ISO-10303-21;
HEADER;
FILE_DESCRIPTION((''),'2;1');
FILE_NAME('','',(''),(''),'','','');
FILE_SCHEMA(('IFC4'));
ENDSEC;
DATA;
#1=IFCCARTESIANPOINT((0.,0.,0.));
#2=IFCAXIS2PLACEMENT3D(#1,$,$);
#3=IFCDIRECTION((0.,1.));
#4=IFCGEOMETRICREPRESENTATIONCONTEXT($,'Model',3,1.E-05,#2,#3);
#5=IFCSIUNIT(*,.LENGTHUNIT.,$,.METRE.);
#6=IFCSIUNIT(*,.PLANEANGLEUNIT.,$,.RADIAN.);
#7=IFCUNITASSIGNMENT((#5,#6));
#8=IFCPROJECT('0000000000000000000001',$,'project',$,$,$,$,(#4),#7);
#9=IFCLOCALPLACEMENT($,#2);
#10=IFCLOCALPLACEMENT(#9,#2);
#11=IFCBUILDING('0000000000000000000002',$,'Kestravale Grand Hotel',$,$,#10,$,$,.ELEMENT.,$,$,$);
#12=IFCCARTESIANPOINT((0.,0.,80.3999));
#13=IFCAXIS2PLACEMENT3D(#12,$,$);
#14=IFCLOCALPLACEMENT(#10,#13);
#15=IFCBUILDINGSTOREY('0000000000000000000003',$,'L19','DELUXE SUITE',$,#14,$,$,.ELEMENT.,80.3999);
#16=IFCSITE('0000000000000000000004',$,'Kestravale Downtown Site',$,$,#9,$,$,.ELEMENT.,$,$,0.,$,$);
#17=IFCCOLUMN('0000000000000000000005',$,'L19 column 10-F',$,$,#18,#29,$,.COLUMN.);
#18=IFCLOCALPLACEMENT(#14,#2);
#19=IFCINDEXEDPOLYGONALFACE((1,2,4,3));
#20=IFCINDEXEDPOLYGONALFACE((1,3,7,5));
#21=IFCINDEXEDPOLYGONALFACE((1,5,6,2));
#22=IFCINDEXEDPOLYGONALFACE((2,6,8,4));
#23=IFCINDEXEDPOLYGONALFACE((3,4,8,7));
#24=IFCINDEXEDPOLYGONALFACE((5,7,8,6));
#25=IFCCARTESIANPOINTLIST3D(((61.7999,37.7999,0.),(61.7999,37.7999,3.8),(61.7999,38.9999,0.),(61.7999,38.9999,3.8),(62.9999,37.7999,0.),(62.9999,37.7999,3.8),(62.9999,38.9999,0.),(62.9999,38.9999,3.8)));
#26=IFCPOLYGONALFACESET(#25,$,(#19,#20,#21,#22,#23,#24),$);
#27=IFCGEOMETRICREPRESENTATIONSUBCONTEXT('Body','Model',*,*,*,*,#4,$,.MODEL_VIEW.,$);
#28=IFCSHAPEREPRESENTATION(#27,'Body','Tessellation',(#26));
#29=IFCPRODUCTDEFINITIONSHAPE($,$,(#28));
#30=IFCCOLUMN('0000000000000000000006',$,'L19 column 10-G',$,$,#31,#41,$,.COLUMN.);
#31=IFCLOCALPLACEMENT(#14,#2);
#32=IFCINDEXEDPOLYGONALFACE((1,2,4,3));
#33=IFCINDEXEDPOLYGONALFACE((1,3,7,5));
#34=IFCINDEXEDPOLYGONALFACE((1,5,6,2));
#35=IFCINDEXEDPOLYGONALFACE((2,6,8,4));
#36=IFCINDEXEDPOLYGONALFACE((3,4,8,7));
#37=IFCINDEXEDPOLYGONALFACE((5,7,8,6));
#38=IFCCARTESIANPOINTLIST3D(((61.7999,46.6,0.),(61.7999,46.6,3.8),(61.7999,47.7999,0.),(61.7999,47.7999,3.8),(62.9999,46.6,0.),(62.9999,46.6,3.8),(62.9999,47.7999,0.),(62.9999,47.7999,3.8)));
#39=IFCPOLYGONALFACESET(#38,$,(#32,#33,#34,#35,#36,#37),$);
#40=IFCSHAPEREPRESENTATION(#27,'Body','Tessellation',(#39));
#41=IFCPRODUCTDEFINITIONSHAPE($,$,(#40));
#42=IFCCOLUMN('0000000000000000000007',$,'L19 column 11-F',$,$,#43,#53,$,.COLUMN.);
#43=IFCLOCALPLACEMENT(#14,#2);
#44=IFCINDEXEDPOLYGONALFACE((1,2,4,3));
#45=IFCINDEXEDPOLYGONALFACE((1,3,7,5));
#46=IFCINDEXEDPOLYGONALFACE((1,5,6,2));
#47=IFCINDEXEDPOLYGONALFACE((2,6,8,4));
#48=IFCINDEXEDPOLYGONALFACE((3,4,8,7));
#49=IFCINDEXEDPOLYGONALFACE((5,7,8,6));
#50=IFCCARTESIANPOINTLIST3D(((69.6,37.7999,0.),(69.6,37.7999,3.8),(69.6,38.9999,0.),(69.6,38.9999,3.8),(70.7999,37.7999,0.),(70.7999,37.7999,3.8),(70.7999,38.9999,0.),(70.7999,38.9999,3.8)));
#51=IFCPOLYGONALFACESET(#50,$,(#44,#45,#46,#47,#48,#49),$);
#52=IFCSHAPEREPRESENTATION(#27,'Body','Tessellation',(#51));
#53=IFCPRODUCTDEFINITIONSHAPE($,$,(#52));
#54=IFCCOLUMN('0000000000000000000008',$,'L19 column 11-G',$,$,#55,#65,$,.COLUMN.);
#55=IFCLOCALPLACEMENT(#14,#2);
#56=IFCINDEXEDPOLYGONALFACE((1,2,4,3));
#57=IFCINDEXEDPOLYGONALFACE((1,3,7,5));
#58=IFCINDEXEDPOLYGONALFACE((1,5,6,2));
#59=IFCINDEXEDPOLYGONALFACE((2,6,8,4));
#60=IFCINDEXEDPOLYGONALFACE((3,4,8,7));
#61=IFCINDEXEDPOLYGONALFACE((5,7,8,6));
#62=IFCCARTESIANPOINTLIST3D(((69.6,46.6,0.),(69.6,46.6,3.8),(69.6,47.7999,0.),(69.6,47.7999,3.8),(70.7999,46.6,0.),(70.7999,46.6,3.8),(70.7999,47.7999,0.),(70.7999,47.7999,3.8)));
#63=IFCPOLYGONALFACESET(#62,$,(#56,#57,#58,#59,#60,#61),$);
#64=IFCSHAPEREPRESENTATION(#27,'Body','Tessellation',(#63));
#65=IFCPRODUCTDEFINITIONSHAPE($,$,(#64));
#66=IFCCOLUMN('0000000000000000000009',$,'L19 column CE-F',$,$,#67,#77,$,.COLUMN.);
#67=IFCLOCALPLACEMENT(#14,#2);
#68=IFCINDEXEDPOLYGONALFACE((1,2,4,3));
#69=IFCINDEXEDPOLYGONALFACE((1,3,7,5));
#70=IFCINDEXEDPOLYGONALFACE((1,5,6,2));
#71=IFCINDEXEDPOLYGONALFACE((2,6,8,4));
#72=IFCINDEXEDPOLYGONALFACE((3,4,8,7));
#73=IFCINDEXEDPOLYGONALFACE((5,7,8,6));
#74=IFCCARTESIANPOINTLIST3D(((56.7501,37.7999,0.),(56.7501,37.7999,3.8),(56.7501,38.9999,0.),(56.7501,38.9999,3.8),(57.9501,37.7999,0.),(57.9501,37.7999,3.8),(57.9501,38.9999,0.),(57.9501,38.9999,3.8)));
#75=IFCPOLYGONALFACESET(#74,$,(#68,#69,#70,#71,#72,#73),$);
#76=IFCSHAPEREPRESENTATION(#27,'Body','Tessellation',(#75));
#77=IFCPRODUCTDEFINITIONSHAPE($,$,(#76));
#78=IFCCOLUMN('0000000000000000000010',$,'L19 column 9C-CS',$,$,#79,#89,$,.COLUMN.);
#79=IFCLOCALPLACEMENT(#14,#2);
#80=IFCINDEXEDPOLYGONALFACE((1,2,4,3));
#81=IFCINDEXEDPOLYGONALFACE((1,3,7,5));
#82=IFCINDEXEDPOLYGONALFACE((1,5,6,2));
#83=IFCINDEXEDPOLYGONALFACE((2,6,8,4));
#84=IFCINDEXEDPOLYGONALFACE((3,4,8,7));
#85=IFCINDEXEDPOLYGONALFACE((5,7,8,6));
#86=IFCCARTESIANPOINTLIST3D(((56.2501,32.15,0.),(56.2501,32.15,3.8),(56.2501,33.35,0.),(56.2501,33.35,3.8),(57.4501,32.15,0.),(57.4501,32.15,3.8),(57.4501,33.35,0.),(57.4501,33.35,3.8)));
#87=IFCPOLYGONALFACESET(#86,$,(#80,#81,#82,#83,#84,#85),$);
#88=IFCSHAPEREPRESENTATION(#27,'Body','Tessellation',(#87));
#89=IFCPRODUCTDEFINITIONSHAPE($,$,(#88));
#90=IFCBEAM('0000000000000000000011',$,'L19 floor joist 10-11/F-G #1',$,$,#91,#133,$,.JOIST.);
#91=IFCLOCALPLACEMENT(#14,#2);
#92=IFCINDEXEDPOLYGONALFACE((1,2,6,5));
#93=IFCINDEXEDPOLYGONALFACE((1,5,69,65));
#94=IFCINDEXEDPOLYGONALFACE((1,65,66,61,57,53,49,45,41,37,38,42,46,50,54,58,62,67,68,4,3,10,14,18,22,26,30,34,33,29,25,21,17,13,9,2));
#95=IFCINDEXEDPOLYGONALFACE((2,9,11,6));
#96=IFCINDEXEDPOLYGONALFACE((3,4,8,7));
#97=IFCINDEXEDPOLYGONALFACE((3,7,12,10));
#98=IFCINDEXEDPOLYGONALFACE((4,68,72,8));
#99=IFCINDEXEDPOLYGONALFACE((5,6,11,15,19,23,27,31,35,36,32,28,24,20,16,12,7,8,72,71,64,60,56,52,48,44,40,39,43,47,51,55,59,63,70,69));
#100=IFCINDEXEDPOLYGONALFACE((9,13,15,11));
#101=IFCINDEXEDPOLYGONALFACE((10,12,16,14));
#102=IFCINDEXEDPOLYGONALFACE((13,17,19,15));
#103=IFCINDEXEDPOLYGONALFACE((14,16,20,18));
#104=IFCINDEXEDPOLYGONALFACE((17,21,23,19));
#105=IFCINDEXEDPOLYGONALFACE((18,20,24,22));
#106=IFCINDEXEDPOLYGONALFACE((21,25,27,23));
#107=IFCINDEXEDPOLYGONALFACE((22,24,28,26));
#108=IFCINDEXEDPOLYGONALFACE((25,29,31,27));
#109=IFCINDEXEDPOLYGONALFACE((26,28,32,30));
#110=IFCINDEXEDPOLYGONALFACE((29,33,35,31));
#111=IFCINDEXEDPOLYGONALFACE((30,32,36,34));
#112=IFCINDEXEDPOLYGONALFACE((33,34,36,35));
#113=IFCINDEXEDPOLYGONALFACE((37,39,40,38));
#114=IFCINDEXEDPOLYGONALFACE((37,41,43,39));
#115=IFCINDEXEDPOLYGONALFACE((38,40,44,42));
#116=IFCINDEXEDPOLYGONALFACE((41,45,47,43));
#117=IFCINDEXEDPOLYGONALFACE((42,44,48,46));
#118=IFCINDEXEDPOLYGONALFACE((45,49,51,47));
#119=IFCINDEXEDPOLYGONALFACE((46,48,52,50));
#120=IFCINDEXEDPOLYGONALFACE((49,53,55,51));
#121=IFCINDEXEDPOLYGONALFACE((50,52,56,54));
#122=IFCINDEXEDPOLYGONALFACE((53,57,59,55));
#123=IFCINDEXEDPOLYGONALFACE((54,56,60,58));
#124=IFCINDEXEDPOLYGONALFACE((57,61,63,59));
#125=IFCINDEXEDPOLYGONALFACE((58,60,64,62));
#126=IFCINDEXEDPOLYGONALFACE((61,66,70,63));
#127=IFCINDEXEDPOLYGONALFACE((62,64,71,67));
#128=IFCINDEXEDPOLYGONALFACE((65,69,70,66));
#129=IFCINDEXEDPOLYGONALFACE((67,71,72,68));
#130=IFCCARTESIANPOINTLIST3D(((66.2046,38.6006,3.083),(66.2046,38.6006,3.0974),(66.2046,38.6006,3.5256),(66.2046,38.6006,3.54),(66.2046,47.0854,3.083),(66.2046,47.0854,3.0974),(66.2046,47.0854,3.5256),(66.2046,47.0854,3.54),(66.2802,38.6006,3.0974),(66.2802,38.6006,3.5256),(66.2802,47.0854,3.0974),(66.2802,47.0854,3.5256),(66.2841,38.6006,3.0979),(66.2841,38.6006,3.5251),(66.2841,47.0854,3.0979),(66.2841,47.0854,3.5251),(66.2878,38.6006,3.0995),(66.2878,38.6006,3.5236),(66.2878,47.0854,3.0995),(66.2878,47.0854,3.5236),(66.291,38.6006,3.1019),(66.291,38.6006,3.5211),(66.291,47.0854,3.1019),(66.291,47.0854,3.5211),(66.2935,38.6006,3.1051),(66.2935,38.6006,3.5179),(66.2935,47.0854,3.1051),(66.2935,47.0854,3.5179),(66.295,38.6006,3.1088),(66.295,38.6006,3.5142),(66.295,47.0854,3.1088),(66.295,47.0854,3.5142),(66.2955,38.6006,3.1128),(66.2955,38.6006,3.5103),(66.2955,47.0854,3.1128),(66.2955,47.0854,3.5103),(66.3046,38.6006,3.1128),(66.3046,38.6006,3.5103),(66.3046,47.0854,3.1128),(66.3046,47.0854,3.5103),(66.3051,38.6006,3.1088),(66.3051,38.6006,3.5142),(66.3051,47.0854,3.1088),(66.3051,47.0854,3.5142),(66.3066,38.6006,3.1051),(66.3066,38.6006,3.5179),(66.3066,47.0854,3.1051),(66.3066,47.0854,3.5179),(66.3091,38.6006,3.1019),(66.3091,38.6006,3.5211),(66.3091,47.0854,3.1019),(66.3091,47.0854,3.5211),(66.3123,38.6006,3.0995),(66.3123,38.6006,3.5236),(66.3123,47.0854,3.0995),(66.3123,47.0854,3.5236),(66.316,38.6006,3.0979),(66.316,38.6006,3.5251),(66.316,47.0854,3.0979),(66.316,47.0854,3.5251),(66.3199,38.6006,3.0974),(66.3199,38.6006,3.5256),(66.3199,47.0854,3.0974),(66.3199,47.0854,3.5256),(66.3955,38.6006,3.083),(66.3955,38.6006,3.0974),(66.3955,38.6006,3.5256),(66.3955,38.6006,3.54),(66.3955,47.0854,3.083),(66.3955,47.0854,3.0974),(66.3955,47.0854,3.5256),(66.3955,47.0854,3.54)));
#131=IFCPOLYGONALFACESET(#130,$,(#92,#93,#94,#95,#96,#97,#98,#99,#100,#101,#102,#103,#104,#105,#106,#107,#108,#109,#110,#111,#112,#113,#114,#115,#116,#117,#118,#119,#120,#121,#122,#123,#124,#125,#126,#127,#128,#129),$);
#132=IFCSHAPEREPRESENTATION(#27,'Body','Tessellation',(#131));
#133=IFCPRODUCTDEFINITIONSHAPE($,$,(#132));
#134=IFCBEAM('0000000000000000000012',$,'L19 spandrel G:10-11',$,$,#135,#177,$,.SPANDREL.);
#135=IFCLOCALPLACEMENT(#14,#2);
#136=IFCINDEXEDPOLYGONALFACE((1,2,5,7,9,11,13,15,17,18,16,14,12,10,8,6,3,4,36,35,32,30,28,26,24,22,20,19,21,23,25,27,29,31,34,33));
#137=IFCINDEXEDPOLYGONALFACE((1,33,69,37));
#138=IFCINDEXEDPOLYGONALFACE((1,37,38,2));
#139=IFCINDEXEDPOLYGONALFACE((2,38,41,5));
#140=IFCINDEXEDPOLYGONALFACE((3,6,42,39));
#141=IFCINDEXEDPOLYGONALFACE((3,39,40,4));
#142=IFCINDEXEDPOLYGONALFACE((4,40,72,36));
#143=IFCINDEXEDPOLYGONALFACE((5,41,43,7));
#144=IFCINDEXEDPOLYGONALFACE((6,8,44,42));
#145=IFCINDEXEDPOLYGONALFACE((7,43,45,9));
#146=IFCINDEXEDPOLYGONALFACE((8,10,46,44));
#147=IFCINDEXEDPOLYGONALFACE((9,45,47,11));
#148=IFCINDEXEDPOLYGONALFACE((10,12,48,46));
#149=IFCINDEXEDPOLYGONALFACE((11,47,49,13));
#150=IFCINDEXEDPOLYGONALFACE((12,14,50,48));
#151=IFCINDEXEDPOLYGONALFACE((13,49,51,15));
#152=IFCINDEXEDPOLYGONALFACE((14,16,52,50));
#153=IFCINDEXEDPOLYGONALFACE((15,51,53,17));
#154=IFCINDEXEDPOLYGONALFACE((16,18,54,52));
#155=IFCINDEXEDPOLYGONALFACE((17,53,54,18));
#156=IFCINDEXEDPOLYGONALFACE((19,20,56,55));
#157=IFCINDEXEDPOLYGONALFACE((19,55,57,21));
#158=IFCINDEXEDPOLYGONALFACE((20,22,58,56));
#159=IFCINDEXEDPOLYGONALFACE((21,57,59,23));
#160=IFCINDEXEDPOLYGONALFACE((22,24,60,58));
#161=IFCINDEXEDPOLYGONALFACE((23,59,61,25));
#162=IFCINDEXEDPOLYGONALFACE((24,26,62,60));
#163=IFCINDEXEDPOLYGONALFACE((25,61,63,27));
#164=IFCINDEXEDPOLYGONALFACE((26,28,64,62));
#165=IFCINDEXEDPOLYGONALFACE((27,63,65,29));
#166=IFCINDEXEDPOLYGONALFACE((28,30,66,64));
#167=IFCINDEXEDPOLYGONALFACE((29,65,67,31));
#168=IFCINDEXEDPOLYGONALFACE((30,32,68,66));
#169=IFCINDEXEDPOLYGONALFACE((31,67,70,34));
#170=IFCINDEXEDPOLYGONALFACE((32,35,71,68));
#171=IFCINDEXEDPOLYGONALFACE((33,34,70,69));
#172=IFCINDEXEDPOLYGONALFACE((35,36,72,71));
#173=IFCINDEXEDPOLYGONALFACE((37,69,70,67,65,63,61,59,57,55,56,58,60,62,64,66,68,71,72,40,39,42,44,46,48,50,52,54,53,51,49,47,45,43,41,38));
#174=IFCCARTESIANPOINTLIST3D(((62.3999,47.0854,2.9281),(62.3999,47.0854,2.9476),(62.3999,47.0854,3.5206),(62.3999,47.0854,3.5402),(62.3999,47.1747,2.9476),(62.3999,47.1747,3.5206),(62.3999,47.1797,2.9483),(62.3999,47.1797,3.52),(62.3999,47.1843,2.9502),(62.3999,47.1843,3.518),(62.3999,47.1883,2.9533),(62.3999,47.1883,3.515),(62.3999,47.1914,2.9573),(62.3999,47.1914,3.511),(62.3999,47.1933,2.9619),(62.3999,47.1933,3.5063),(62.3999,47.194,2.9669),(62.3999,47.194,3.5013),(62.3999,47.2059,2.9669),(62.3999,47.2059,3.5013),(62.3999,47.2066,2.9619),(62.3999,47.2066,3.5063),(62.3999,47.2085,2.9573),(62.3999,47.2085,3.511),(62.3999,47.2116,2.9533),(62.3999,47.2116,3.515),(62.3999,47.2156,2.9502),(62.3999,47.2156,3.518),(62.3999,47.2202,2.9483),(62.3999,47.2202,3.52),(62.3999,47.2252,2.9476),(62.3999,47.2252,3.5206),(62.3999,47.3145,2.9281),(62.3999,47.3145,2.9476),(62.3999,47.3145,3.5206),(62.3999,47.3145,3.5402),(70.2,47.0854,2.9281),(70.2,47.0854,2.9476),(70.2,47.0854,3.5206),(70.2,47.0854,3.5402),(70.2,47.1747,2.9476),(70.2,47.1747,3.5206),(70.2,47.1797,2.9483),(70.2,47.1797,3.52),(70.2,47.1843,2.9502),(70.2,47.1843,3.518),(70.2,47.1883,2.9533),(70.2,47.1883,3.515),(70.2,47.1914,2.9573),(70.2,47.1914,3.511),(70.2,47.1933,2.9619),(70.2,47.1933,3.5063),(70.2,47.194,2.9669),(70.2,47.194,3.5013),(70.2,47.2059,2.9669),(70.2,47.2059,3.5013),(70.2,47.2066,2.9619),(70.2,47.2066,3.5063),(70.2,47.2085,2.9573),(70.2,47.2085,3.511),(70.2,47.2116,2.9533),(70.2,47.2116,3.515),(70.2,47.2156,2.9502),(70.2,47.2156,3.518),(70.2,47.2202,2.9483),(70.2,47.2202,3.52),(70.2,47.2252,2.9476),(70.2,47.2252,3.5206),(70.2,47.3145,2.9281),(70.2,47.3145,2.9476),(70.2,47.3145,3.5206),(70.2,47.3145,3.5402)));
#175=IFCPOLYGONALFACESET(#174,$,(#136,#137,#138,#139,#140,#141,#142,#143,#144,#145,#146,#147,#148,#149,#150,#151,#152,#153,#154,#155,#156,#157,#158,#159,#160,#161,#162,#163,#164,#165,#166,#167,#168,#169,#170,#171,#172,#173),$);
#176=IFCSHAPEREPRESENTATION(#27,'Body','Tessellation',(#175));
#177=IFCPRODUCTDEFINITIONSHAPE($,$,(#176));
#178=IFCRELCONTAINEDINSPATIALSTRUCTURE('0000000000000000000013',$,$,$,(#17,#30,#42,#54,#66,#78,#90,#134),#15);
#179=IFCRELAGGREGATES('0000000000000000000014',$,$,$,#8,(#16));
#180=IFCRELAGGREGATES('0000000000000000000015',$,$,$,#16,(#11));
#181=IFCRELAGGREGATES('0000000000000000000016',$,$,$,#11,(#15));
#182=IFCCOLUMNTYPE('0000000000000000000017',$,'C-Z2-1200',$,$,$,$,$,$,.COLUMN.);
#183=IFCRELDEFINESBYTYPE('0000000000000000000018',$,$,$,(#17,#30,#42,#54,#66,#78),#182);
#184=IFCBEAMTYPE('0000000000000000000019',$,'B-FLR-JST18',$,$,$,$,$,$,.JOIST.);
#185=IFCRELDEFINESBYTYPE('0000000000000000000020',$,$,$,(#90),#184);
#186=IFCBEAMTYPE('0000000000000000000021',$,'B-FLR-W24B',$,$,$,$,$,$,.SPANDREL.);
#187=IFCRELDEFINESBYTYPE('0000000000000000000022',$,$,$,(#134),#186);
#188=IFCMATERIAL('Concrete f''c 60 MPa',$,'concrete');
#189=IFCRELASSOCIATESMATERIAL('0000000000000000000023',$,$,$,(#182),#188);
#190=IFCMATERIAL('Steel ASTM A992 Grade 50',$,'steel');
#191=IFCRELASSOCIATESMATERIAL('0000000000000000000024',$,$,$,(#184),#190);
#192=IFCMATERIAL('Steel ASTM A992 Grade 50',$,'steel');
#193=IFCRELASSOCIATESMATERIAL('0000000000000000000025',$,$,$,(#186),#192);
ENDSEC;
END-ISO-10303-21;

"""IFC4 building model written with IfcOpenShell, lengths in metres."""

from ifc_helpers import new_model, si_unit, direction, frame, origin, origin_2d, place, context, subcontext, project, spatial, rectangle, i_section, extrude, material, material_profile, profile_set, type_object, element, save


model = new_model("IFC4")

# Units and contexts
model_context = context("Model", 3, precision=1e-05, world=origin(), true_north=direction((0.0, 1.0)))
body_context = subcontext(model_context, "Body", "Model", "MODEL_VIEW")
ifc_project = project(units=[si_unit("LENGTHUNIT", "METRE"), si_unit("PLANEANGLEUNIT", "RADIAN")], contexts=[model_context])

# Site, building, storey
site_placement = place(None, origin())
site = spatial("IfcSite", under=ifc_project, at=site_placement, Name="Kestravale Downtown Site", CompositionType="ELEMENT", RefElevation=0.0)
building_placement = place(site_placement, origin())
building = spatial("IfcBuilding", under=site, at=building_placement, Name="Kestravale Grand Hotel", CompositionType="ELEMENT")
storey_placement = place(building_placement, frame((0.0, 0.0, 80.3999)))
storey = spatial("IfcBuildingStorey", under=building, at=storey_placement, Name="L19", Description="DELUXE SUITE", CompositionType="ELEMENT", Elevation=80.3999)

# Columns
ifc_material_1 = material(Name="Concrete f'c 60 MPa", Category="concrete")
ifc_material_profile_1 = material_profile(ifc_material_1, rectangle(XDim=1.2, YDim=1.2, at=origin_2d()))
ifc_profile_set_1 = profile_set([ifc_material_profile_1], Name="Concrete f'c 60 MPa")
column_type = type_object("IfcColumnType", Name="C-Z2-1200", PredefinedType="COLUMN", material=ifc_profile_set_1)
for number, where, z_axis, x_axis, name in (
    (1, (62.3999, 38.3999, 0.0), (0.0, 0.0, 1.0), (1.0, 0.0, 0.0), "L19 column 10-F"),
    (2, (62.3999, 47.2, 0.0), (0.0, 0.0, 1.0), (1.0, 0.0, 0.0), "L19 column 10-G"),
    (3, (70.2, 38.3999, 0.0), (0.0, 0.0, 1.0), (1.0, 0.0, 0.0), "L19 column 11-F"),
    (4, (70.2, 47.2, 0.0), (0.0, 0.0, 1.0), (1.0, 0.0, 0.0), "L19 column 11-G"),
    (5, (57.3501, 38.3999, 0.0), (0.0, 0.0, 1.0), (1.0, 0.0, 0.0), "L19 column CE-F"),
    (6, (56.8501, 32.75, 0.0), (0.0, 0.0, 1.0), (1.0, 0.0, 0.0), "L19 column 9C-CS"),
):
    element("IfcColumn", number, at=place(storey_placement, frame(where, z_axis=z_axis, x_axis=x_axis)), inside=storey, type_object=column_type, Name=name, PredefinedType="COLUMN", context=body_context, shape_type="SweptSolid", body=[
        extrude(rectangle(XDim=1.2, YDim=1.2, at=origin_2d()), origin(), (0.0, 0.0, 1.0), 3.8),
    ])

# Beams
ifc_material_2 = material(Name="Steel ASTM A992 Grade 50", Category="steel")
ifc_material_profile_2 = material_profile(ifc_material_2, i_section(OverallWidth=0.1909, OverallDepth=0.457, WebThickness=0.009, FlangeThickness=0.0144, FilletRadius=0.0154, at=origin_2d()))
ifc_profile_set_2 = profile_set([ifc_material_profile_2], Name="Steel ASTM A992 Grade 50")
beam_type_1 = type_object("IfcBeamType", Name="B-FLR-JST18", PredefinedType="JOIST", material=ifc_profile_set_2)
beam_1_placement = place(storey_placement, frame((66.3, 38.6006, 3.3115), z_axis=(0.0, 1.0, 0.0), x_axis=(-1.0, 0.0, 0.0)))
element("IfcBeam", 7, at=beam_1_placement, inside=storey, type_object=beam_type_1, Name="L19 floor joist 10-11/F-G #1", PredefinedType="JOIST", context=body_context, shape_type="SweptSolid", body=[
    extrude(i_section(OverallWidth=0.1909, OverallDepth=0.457, WebThickness=0.009, FlangeThickness=0.0144, FilletRadius=0.0154, at=origin_2d()), origin(), (0.0, 0.0, 1.0), 8.4849),
])
ifc_material_3 = material(Name="Steel ASTM A992 Grade 50", Category="steel")
ifc_material_profile_3 = material_profile(ifc_material_3, i_section(OverallWidth=0.229, OverallDepth=0.6121, WebThickness=0.012, FlangeThickness=0.0195, FilletRadius=0.0193, at=origin_2d()))
ifc_profile_set_3 = profile_set([ifc_material_profile_3], Name="Steel ASTM A992 Grade 50")
beam_type_2 = type_object("IfcBeamType", Name="B-FLR-W24B", PredefinedType="SPANDREL", material=ifc_profile_set_3)
beam_2_placement = place(storey_placement, frame((62.3999, 47.2, 3.2341), z_axis=(1.0, 0.0, 0.0), x_axis=(0.0, 1.0, 0.0)))
element("IfcBeam", 8, at=beam_2_placement, inside=storey, type_object=beam_type_2, Name="L19 spandrel G:10-11", PredefinedType="SPANDREL", context=body_context, shape_type="SweptSolid", body=[
    extrude(i_section(OverallWidth=0.229, OverallDepth=0.6121, WebThickness=0.012, FlangeThickness=0.0195, FilletRadius=0.0193, at=origin_2d()), origin(), (0.0, 0.0, 1.0), 7.8),
])

save(model, "model.ifc")
